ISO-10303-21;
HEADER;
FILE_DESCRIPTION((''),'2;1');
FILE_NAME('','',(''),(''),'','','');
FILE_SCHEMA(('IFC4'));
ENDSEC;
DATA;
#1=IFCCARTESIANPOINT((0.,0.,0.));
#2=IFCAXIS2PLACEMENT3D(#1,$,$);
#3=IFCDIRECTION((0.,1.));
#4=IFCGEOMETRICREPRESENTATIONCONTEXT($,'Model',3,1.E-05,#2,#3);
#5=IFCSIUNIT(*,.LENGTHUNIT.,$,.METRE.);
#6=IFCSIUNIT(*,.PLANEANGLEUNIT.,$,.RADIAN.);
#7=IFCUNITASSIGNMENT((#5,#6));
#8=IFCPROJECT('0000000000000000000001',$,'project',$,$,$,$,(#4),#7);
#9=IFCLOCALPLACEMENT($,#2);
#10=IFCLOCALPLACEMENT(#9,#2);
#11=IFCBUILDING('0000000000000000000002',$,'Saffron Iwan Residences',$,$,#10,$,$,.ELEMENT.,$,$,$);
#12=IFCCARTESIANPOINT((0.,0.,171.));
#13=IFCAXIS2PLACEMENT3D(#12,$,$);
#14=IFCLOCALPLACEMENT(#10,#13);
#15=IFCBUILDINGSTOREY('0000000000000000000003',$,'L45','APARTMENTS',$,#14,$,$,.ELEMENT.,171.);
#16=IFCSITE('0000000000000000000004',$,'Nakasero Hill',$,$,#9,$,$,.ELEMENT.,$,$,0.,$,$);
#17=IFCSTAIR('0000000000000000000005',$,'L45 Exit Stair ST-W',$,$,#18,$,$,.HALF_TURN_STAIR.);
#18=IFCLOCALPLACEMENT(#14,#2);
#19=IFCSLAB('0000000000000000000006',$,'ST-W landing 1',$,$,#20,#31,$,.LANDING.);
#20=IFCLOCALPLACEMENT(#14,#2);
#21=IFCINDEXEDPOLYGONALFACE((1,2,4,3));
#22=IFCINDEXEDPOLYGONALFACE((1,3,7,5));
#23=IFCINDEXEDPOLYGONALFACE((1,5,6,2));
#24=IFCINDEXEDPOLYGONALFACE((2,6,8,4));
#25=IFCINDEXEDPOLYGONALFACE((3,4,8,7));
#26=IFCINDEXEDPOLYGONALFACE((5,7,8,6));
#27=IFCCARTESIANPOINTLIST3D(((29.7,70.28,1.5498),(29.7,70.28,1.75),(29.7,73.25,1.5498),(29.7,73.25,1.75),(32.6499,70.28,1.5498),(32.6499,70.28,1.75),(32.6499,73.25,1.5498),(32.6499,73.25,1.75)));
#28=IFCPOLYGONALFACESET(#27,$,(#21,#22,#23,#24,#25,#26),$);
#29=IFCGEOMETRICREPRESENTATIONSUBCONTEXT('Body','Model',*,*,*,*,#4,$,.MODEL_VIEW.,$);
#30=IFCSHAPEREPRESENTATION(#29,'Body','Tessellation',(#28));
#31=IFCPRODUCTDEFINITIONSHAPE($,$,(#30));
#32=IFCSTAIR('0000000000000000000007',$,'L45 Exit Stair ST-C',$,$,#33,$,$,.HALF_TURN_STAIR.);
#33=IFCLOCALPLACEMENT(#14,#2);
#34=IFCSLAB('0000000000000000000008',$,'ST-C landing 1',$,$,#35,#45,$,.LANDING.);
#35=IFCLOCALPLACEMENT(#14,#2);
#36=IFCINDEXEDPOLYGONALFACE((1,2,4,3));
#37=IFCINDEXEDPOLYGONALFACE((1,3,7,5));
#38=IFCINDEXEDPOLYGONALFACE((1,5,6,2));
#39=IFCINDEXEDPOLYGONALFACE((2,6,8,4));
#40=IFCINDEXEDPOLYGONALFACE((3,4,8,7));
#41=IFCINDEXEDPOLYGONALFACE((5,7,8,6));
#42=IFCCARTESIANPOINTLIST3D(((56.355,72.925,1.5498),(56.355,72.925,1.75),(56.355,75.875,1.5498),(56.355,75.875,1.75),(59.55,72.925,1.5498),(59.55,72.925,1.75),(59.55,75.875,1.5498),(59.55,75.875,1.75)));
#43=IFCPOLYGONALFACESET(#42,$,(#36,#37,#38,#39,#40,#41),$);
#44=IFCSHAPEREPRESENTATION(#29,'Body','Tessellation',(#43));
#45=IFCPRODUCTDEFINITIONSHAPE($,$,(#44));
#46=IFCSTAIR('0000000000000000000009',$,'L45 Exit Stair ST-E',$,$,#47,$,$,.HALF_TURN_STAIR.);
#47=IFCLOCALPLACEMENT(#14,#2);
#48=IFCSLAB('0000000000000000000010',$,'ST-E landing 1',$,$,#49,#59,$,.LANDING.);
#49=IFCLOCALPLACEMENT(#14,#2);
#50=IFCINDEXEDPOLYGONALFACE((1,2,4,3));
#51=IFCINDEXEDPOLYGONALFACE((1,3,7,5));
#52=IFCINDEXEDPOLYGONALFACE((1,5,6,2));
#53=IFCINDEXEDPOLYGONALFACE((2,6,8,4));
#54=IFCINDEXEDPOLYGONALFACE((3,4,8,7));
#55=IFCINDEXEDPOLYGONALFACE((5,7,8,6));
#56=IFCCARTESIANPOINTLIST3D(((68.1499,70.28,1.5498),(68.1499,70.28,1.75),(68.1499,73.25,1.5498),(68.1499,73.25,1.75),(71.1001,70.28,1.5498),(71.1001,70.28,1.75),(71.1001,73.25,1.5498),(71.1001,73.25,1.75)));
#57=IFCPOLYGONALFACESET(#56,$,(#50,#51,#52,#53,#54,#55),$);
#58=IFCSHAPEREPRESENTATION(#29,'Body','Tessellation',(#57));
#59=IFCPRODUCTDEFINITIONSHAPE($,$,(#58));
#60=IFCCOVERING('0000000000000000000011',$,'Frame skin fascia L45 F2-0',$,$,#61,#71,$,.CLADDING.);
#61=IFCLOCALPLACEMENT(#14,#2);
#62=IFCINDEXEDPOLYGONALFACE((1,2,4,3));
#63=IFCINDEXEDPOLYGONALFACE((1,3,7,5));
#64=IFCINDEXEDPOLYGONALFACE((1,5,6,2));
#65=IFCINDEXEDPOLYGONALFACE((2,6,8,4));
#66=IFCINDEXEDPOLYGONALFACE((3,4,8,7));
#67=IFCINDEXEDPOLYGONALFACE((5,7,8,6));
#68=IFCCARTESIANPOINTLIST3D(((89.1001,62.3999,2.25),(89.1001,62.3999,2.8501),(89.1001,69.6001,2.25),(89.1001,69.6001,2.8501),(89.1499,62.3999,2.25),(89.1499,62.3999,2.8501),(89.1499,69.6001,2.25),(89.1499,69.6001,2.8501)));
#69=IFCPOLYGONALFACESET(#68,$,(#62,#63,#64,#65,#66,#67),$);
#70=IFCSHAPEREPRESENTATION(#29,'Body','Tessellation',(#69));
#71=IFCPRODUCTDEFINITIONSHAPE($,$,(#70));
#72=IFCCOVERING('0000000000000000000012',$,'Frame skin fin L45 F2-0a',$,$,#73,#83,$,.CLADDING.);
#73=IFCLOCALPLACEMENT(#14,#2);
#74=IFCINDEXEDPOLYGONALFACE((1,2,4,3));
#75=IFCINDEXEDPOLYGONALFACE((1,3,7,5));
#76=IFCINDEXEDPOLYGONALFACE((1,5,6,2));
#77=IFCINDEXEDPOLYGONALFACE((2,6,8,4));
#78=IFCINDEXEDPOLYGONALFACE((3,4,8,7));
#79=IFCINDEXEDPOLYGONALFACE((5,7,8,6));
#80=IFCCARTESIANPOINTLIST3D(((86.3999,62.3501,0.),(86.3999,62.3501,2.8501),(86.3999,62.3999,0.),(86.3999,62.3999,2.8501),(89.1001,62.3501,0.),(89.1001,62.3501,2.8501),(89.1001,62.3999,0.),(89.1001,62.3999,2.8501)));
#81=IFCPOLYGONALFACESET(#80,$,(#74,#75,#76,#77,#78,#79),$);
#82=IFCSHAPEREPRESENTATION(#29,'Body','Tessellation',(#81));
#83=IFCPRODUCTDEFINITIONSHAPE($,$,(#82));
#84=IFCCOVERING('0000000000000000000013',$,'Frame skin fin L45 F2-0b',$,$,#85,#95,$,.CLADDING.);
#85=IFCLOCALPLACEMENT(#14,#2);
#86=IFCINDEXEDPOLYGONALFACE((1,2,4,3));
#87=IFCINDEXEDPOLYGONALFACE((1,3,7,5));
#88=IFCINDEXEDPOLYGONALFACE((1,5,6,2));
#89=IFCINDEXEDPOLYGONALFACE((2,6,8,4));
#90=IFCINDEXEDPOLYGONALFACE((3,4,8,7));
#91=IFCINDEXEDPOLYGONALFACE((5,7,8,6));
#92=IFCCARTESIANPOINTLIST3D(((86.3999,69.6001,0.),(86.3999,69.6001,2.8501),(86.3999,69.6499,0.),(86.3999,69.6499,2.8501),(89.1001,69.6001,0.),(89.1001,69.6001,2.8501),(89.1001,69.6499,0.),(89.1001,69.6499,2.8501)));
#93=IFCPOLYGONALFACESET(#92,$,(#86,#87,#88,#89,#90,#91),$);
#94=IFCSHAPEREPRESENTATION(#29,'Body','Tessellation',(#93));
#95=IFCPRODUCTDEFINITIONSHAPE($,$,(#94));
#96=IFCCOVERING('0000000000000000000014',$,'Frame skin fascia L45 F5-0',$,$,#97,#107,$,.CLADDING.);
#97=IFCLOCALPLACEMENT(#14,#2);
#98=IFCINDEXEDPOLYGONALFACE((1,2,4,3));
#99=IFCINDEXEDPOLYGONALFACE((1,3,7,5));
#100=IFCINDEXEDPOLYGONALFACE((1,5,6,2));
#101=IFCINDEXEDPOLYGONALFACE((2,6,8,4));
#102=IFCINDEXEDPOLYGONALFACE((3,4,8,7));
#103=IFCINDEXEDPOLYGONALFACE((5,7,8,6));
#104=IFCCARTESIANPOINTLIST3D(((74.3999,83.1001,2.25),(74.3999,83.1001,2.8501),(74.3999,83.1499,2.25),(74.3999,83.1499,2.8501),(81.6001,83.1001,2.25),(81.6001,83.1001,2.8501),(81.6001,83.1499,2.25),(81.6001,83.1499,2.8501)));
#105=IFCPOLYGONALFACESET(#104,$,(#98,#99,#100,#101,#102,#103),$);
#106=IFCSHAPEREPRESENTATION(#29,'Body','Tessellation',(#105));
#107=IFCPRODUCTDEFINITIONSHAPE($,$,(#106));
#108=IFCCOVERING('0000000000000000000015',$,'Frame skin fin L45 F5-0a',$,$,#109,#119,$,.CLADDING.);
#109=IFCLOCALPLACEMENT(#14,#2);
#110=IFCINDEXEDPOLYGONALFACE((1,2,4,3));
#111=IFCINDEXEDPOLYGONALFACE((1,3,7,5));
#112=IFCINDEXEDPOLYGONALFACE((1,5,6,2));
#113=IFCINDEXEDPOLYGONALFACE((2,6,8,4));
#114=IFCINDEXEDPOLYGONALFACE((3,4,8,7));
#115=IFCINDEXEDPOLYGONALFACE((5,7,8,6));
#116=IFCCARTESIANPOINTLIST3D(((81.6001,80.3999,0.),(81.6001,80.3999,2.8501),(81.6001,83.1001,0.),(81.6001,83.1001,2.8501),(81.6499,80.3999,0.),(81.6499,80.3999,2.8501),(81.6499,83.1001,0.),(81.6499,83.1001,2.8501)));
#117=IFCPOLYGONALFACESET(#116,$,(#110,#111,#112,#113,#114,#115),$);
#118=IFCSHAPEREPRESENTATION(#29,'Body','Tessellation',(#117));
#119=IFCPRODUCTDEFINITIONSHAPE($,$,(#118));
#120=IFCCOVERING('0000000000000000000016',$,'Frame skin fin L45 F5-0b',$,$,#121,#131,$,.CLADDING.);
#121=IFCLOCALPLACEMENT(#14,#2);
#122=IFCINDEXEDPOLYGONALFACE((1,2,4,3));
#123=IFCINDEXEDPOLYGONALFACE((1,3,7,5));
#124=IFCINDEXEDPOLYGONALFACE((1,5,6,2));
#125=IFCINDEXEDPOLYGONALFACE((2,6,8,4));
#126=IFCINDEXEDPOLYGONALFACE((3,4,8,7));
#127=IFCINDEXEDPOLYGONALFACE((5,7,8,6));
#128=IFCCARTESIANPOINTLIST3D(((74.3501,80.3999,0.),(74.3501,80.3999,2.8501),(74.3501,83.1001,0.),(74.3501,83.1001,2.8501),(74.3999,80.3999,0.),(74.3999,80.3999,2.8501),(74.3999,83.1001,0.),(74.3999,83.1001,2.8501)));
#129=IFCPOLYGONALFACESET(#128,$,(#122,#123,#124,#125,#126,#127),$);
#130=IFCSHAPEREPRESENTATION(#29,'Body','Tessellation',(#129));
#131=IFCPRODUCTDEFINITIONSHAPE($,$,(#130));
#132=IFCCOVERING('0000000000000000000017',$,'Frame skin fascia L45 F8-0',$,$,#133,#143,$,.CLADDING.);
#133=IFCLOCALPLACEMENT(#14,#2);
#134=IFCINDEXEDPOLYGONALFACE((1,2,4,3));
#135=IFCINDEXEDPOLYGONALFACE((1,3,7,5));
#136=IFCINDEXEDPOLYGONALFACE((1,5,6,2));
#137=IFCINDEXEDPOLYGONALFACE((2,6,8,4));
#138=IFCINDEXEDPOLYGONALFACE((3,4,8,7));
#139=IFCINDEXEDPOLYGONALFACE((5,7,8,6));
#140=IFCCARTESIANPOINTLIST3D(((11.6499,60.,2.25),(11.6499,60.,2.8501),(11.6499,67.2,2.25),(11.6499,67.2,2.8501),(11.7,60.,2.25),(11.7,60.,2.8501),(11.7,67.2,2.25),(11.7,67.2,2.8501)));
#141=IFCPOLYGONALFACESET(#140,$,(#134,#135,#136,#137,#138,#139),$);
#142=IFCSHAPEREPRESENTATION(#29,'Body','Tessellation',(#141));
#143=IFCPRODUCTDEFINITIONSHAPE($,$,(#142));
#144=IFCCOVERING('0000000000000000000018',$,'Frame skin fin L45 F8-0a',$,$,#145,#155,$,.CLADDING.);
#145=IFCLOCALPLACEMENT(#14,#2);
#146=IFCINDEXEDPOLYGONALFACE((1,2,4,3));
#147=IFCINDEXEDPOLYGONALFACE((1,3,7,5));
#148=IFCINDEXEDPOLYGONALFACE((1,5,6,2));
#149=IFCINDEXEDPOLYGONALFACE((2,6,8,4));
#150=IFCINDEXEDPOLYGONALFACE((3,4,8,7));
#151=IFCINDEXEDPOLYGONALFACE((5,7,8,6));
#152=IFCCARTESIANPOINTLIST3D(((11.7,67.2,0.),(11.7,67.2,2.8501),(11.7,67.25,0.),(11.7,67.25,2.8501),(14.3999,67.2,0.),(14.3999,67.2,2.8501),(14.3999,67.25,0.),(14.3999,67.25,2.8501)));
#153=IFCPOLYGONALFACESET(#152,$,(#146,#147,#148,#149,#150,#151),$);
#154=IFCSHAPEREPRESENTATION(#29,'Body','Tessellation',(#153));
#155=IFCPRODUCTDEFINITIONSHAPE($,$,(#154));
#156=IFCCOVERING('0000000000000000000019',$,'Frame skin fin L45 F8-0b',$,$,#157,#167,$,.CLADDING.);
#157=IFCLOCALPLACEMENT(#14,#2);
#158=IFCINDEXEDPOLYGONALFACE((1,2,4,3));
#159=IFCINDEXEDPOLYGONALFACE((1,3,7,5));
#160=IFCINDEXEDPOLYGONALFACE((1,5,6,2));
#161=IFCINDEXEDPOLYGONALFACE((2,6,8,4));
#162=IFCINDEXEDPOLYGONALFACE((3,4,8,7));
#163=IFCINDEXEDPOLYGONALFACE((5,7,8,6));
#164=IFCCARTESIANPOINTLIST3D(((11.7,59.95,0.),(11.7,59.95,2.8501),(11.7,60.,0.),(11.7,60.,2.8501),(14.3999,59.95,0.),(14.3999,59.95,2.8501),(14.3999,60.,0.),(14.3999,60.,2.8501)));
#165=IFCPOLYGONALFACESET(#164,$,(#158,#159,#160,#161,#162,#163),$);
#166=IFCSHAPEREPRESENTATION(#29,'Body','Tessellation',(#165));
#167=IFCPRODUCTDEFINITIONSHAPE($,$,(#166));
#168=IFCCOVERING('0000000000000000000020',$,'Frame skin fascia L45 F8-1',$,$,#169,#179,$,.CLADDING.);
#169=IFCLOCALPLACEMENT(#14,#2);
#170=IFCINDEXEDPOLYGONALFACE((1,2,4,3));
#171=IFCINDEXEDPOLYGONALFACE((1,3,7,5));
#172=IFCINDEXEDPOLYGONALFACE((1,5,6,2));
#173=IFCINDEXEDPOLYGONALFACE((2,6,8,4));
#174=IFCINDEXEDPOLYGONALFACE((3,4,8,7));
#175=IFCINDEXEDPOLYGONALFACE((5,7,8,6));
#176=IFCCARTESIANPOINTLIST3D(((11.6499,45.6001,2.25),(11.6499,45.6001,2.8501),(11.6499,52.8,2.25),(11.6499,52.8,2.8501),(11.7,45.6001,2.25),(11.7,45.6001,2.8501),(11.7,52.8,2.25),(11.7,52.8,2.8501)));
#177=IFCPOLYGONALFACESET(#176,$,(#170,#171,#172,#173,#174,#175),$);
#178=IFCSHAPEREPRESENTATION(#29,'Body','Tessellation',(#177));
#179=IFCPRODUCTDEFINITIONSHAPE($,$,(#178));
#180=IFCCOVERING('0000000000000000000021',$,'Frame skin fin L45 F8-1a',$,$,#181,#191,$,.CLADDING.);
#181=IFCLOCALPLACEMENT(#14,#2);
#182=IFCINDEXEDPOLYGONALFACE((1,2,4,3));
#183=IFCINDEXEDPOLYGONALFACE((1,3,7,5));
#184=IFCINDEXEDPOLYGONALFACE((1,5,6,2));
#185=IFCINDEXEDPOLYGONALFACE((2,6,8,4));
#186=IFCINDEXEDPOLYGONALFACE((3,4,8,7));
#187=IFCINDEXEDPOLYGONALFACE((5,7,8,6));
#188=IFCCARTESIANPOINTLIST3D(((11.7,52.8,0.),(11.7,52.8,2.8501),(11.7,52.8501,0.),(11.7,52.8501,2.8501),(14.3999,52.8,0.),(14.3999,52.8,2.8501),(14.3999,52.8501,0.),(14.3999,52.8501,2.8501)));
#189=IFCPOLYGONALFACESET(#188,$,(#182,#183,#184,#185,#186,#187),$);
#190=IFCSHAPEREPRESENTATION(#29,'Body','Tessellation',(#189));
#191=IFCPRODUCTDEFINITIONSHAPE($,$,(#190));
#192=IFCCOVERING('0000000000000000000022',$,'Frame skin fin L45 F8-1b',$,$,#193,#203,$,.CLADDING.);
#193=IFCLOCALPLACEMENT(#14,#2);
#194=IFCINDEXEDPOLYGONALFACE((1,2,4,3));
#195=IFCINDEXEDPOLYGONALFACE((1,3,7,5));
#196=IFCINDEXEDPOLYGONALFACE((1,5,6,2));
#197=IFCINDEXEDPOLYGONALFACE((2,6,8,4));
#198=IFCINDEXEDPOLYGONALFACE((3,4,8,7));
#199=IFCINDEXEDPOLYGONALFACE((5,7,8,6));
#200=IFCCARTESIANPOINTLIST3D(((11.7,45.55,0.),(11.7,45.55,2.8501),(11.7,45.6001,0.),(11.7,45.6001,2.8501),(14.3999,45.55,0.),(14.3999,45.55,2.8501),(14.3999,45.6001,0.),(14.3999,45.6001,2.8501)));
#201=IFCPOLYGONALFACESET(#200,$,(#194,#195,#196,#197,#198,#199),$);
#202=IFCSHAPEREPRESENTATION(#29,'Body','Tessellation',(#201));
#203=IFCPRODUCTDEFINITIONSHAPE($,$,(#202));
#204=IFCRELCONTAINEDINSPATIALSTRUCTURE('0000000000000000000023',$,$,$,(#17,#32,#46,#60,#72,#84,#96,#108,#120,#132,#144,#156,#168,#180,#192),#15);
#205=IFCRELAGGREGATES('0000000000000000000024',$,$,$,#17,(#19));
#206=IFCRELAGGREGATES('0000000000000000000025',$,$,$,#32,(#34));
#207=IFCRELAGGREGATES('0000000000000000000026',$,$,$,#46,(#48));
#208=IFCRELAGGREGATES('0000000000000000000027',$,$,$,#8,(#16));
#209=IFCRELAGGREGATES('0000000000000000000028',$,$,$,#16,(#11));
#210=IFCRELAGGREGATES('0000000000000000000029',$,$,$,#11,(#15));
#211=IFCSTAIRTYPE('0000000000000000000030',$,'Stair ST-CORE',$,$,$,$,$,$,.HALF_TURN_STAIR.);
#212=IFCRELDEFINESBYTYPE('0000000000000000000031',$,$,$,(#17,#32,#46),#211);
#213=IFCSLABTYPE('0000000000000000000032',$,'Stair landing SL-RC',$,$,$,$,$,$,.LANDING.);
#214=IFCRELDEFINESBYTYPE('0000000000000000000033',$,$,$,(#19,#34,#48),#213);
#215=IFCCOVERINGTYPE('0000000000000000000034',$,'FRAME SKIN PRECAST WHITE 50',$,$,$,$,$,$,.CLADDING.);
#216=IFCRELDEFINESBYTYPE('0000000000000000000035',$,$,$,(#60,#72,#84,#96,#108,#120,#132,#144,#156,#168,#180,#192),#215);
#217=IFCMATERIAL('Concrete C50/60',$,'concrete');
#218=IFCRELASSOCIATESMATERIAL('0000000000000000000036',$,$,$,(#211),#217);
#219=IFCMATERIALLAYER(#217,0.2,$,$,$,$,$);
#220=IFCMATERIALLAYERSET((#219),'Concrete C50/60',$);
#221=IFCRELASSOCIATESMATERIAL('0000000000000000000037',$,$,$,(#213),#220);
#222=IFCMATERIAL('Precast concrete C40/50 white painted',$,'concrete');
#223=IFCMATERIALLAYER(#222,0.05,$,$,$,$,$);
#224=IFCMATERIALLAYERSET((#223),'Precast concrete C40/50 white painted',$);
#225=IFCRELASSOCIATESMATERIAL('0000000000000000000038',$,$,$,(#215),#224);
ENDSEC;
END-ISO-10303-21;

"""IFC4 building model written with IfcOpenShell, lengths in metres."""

from ifc_helpers import new_model, si_unit, direction, frame, origin, place, context, subcontext, project, spatial, polyline, outline, extrude, material, layer, layer_set, type_object, element, aggregate, save


model = new_model("IFC4")

# Units and contexts
model_context = context("Model", 3, precision=1e-05, world=origin(), true_north=direction((0.0, 1.0)))
body_context = subcontext(model_context, "Body", "Model", "MODEL_VIEW")
ifc_project = project(units=[si_unit("LENGTHUNIT", "METRE"), si_unit("PLANEANGLEUNIT", "RADIAN")], contexts=[model_context])

# Site, building, storey
site_placement = place(None, origin())
site = spatial("IfcSite", under=ifc_project, at=site_placement, Name="Nakasero Hill", CompositionType="ELEMENT", RefElevation=0.0)
building_placement = place(site_placement, origin())
building = spatial("IfcBuilding", under=site, at=building_placement, Name="Saffron Iwan Residences", CompositionType="ELEMENT")
storey_placement = place(building_placement, frame((0.0, 0.0, 171.0)))
storey = spatial("IfcBuildingStorey", under=building, at=storey_placement, Name="L45", Description="APARTMENTS", CompositionType="ELEMENT", Elevation=171.0)

# Stairs, slabs
ifc_material_1 = material(Name="Concrete C50/60", Category="concrete")
stair_type = type_object("IfcStairType", Name="Stair ST-CORE", PredefinedType="HALF_TURN_STAIR", material=ifc_material_1)
stair_1_placement = place(storey_placement, origin())
stair_1 = element("IfcStair", 1, at=stair_1_placement, inside=storey, type_object=stair_type, Name="L45 Exit Stair ST-W", PredefinedType="HALF_TURN_STAIR")
ifc_layer_1 = layer(ifc_material_1, 0.2)
ifc_layer_set_1 = layer_set([ifc_layer_1], Name="Concrete C50/60")
slab_type = type_object("IfcSlabType", Name="Stair landing SL-RC", PredefinedType="LANDING", material=ifc_layer_set_1)
slab_1_placement = place(storey_placement, frame((0.0, 0.0, 1.5498)))
slab_1 = element("IfcSlab", 2, at=slab_1_placement, type_object=slab_type, Name="ST-W landing 1", PredefinedType="LANDING", context=body_context, shape_type="SweptSolid", body=[
    extrude(outline(polyline([(32.6499, 70.28), (32.6499, 73.25), (29.7, 73.25), (29.7, 70.28), (32.6499, 70.28)])), origin(), (0.0, 0.0, 1.0), 0.2002),
])
aggregate(stair_1, [slab_1])
stair_2_placement = place(storey_placement, origin())
stair_2 = element("IfcStair", 3, at=stair_2_placement, inside=storey, type_object=stair_type, Name="L45 Exit Stair ST-C", PredefinedType="HALF_TURN_STAIR")
slab_2_placement = place(storey_placement, frame((0.0, 0.0, 1.5498)))
slab_2 = element("IfcSlab", 4, at=slab_2_placement, type_object=slab_type, Name="ST-C landing 1", PredefinedType="LANDING", context=body_context, shape_type="SweptSolid", body=[
    extrude(outline(polyline([(56.355, 72.925), (59.55, 72.925), (59.55, 75.875), (56.355, 75.875), (56.355, 72.925)])), origin(), (0.0, 0.0, 1.0), 0.2002),
])
aggregate(stair_2, [slab_2])
stair_3_placement = place(storey_placement, origin())
stair_3 = element("IfcStair", 5, at=stair_3_placement, inside=storey, type_object=stair_type, Name="L45 Exit Stair ST-E", PredefinedType="HALF_TURN_STAIR")
slab_3_placement = place(storey_placement, frame((0.0, 0.0, 1.5498)))
slab_3 = element("IfcSlab", 6, at=slab_3_placement, type_object=slab_type, Name="ST-E landing 1", PredefinedType="LANDING", context=body_context, shape_type="SweptSolid", body=[
    extrude(outline(polyline([(71.1001, 70.28), (71.1001, 73.25), (68.1499, 73.25), (68.1499, 70.28), (71.1001, 70.28)])), origin(), (0.0, 0.0, 1.0), 0.2002),
])
aggregate(stair_3, [slab_3])

# Coverings
ifc_material_2 = material(Name="Precast concrete C40/50 white painted", Category="concrete")
ifc_layer_2 = layer(ifc_material_2, 0.05)
ifc_layer_set_2 = layer_set([ifc_layer_2], Name="Precast concrete C40/50 white painted")
covering_type = type_object("IfcCoveringType", Name="FRAME SKIN PRECAST WHITE 50", PredefinedType="CLADDING", material=ifc_layer_set_2)
covering_1_placement = place(storey_placement, frame((0.0, 0.0, 2.25)))
element("IfcCovering", 7, at=covering_1_placement, inside=storey, type_object=covering_type, Name="Frame skin fascia L45 F2-0", PredefinedType="CLADDING", context=body_context, shape_type="SweptSolid", body=[
    extrude(outline(polyline([(89.1499, 62.3999), (89.1499, 69.6001), (89.1001, 69.6001), (89.1001, 62.3999), (89.1499, 62.3999)])), origin(), (0.0, 0.0, 1.0), 0.6001),
])
covering_2_placement = place(storey_placement, origin())
element("IfcCovering", 8, at=covering_2_placement, inside=storey, type_object=covering_type, Name="Frame skin fin L45 F2-0a", PredefinedType="CLADDING", context=body_context, shape_type="SweptSolid", body=[
    extrude(outline(polyline([(89.1001, 62.3501), (89.1001, 62.3999), (86.3999, 62.3999), (86.3999, 62.3501), (89.1001, 62.3501)])), origin(), (0.0, 0.0, 1.0), 2.8501),
])
covering_3_placement = place(storey_placement, origin())
element("IfcCovering", 9, at=covering_3_placement, inside=storey, type_object=covering_type, Name="Frame skin fin L45 F2-0b", PredefinedType="CLADDING", context=body_context, shape_type="SweptSolid", body=[
    extrude(outline(polyline([(89.1001, 69.6001), (89.1001, 69.6499), (86.3999, 69.6499), (86.3999, 69.6001), (89.1001, 69.6001)])), origin(), (0.0, 0.0, 1.0), 2.8501),
])
covering_4_placement = place(storey_placement, frame((0.0, 0.0, 2.25)))
element("IfcCovering", 10, at=covering_4_placement, inside=storey, type_object=covering_type, Name="Frame skin fascia L45 F5-0", PredefinedType="CLADDING", context=body_context, shape_type="SweptSolid", body=[
    extrude(outline(polyline([(81.6001, 83.1499), (74.3999, 83.1499), (74.3999, 83.1001), (81.6001, 83.1001), (81.6001, 83.1499)])), origin(), (0.0, 0.0, 1.0), 0.6001),
])
covering_5_placement = place(storey_placement, origin())
element("IfcCovering", 11, at=covering_5_placement, inside=storey, type_object=covering_type, Name="Frame skin fin L45 F5-0a", PredefinedType="CLADDING", context=body_context, shape_type="SweptSolid", body=[
    extrude(outline(polyline([(81.6499, 83.1001), (81.6001, 83.1001), (81.6001, 80.3999), (81.6499, 80.3999), (81.6499, 83.1001)])), origin(), (0.0, 0.0, 1.0), 2.8501),
])
covering_6_placement = place(storey_placement, origin())
element("IfcCovering", 12, at=covering_6_placement, inside=storey, type_object=covering_type, Name="Frame skin fin L45 F5-0b", PredefinedType="CLADDING", context=body_context, shape_type="SweptSolid", body=[
    extrude(outline(polyline([(74.3999, 83.1001), (74.3501, 83.1001), (74.3501, 80.3999), (74.3999, 80.3999), (74.3999, 83.1001)])), origin(), (0.0, 0.0, 1.0), 2.8501),
])
covering_7_placement = place(storey_placement, frame((0.0, 0.0, 2.25)))
element("IfcCovering", 13, at=covering_7_placement, inside=storey, type_object=covering_type, Name="Frame skin fascia L45 F8-0", PredefinedType="CLADDING", context=body_context, shape_type="SweptSolid", body=[
    extrude(outline(polyline([(11.6499, 67.2), (11.6499, 60.0), (11.7, 60.0), (11.7, 67.2), (11.6499, 67.2)])), origin(), (0.0, 0.0, 1.0), 0.6001),
])
covering_8_placement = place(storey_placement, origin())
element("IfcCovering", 14, at=covering_8_placement, inside=storey, type_object=covering_type, Name="Frame skin fin L45 F8-0a", PredefinedType="CLADDING", context=body_context, shape_type="SweptSolid", body=[
    extrude(outline(polyline([(11.7, 67.25), (11.7, 67.2), (14.3999, 67.2), (14.3999, 67.25), (11.7, 67.25)])), origin(), (0.0, 0.0, 1.0), 2.8501),
])
covering_9_placement = place(storey_placement, origin())
element("IfcCovering", 15, at=covering_9_placement, inside=storey, type_object=covering_type, Name="Frame skin fin L45 F8-0b", PredefinedType="CLADDING", context=body_context, shape_type="SweptSolid", body=[
    extrude(outline(polyline([(11.7, 60.0), (11.7, 59.95), (14.3999, 59.95), (14.3999, 60.0), (11.7, 60.0)])), origin(), (0.0, 0.0, 1.0), 2.8501),
])
covering_10_placement = place(storey_placement, frame((0.0, 0.0, 2.25)))
element("IfcCovering", 16, at=covering_10_placement, inside=storey, type_object=covering_type, Name="Frame skin fascia L45 F8-1", PredefinedType="CLADDING", context=body_context, shape_type="SweptSolid", body=[
    extrude(outline(polyline([(11.6499, 52.8), (11.6499, 45.6001), (11.7, 45.6001), (11.7, 52.8), (11.6499, 52.8)])), origin(), (0.0, 0.0, 1.0), 0.6001),
])
covering_11_placement = place(storey_placement, origin())
element("IfcCovering", 17, at=covering_11_placement, inside=storey, type_object=covering_type, Name="Frame skin fin L45 F8-1a", PredefinedType="CLADDING", context=body_context, shape_type="SweptSolid", body=[
    extrude(outline(polyline([(11.7, 52.8501), (11.7, 52.8), (14.3999, 52.8), (14.3999, 52.8501), (11.7, 52.8501)])), origin(), (0.0, 0.0, 1.0), 2.8501),
])
covering_12_placement = place(storey_placement, origin())
element("IfcCovering", 18, at=covering_12_placement, inside=storey, type_object=covering_type, Name="Frame skin fin L45 F8-1b", PredefinedType="CLADDING", context=body_context, shape_type="SweptSolid", body=[
    extrude(outline(polyline([(11.7, 45.6001), (11.7, 45.55), (14.3999, 45.55), (14.3999, 45.6001), (11.7, 45.6001)])), origin(), (0.0, 0.0, 1.0), 2.8501),
])

save(model, "model.ifc")
